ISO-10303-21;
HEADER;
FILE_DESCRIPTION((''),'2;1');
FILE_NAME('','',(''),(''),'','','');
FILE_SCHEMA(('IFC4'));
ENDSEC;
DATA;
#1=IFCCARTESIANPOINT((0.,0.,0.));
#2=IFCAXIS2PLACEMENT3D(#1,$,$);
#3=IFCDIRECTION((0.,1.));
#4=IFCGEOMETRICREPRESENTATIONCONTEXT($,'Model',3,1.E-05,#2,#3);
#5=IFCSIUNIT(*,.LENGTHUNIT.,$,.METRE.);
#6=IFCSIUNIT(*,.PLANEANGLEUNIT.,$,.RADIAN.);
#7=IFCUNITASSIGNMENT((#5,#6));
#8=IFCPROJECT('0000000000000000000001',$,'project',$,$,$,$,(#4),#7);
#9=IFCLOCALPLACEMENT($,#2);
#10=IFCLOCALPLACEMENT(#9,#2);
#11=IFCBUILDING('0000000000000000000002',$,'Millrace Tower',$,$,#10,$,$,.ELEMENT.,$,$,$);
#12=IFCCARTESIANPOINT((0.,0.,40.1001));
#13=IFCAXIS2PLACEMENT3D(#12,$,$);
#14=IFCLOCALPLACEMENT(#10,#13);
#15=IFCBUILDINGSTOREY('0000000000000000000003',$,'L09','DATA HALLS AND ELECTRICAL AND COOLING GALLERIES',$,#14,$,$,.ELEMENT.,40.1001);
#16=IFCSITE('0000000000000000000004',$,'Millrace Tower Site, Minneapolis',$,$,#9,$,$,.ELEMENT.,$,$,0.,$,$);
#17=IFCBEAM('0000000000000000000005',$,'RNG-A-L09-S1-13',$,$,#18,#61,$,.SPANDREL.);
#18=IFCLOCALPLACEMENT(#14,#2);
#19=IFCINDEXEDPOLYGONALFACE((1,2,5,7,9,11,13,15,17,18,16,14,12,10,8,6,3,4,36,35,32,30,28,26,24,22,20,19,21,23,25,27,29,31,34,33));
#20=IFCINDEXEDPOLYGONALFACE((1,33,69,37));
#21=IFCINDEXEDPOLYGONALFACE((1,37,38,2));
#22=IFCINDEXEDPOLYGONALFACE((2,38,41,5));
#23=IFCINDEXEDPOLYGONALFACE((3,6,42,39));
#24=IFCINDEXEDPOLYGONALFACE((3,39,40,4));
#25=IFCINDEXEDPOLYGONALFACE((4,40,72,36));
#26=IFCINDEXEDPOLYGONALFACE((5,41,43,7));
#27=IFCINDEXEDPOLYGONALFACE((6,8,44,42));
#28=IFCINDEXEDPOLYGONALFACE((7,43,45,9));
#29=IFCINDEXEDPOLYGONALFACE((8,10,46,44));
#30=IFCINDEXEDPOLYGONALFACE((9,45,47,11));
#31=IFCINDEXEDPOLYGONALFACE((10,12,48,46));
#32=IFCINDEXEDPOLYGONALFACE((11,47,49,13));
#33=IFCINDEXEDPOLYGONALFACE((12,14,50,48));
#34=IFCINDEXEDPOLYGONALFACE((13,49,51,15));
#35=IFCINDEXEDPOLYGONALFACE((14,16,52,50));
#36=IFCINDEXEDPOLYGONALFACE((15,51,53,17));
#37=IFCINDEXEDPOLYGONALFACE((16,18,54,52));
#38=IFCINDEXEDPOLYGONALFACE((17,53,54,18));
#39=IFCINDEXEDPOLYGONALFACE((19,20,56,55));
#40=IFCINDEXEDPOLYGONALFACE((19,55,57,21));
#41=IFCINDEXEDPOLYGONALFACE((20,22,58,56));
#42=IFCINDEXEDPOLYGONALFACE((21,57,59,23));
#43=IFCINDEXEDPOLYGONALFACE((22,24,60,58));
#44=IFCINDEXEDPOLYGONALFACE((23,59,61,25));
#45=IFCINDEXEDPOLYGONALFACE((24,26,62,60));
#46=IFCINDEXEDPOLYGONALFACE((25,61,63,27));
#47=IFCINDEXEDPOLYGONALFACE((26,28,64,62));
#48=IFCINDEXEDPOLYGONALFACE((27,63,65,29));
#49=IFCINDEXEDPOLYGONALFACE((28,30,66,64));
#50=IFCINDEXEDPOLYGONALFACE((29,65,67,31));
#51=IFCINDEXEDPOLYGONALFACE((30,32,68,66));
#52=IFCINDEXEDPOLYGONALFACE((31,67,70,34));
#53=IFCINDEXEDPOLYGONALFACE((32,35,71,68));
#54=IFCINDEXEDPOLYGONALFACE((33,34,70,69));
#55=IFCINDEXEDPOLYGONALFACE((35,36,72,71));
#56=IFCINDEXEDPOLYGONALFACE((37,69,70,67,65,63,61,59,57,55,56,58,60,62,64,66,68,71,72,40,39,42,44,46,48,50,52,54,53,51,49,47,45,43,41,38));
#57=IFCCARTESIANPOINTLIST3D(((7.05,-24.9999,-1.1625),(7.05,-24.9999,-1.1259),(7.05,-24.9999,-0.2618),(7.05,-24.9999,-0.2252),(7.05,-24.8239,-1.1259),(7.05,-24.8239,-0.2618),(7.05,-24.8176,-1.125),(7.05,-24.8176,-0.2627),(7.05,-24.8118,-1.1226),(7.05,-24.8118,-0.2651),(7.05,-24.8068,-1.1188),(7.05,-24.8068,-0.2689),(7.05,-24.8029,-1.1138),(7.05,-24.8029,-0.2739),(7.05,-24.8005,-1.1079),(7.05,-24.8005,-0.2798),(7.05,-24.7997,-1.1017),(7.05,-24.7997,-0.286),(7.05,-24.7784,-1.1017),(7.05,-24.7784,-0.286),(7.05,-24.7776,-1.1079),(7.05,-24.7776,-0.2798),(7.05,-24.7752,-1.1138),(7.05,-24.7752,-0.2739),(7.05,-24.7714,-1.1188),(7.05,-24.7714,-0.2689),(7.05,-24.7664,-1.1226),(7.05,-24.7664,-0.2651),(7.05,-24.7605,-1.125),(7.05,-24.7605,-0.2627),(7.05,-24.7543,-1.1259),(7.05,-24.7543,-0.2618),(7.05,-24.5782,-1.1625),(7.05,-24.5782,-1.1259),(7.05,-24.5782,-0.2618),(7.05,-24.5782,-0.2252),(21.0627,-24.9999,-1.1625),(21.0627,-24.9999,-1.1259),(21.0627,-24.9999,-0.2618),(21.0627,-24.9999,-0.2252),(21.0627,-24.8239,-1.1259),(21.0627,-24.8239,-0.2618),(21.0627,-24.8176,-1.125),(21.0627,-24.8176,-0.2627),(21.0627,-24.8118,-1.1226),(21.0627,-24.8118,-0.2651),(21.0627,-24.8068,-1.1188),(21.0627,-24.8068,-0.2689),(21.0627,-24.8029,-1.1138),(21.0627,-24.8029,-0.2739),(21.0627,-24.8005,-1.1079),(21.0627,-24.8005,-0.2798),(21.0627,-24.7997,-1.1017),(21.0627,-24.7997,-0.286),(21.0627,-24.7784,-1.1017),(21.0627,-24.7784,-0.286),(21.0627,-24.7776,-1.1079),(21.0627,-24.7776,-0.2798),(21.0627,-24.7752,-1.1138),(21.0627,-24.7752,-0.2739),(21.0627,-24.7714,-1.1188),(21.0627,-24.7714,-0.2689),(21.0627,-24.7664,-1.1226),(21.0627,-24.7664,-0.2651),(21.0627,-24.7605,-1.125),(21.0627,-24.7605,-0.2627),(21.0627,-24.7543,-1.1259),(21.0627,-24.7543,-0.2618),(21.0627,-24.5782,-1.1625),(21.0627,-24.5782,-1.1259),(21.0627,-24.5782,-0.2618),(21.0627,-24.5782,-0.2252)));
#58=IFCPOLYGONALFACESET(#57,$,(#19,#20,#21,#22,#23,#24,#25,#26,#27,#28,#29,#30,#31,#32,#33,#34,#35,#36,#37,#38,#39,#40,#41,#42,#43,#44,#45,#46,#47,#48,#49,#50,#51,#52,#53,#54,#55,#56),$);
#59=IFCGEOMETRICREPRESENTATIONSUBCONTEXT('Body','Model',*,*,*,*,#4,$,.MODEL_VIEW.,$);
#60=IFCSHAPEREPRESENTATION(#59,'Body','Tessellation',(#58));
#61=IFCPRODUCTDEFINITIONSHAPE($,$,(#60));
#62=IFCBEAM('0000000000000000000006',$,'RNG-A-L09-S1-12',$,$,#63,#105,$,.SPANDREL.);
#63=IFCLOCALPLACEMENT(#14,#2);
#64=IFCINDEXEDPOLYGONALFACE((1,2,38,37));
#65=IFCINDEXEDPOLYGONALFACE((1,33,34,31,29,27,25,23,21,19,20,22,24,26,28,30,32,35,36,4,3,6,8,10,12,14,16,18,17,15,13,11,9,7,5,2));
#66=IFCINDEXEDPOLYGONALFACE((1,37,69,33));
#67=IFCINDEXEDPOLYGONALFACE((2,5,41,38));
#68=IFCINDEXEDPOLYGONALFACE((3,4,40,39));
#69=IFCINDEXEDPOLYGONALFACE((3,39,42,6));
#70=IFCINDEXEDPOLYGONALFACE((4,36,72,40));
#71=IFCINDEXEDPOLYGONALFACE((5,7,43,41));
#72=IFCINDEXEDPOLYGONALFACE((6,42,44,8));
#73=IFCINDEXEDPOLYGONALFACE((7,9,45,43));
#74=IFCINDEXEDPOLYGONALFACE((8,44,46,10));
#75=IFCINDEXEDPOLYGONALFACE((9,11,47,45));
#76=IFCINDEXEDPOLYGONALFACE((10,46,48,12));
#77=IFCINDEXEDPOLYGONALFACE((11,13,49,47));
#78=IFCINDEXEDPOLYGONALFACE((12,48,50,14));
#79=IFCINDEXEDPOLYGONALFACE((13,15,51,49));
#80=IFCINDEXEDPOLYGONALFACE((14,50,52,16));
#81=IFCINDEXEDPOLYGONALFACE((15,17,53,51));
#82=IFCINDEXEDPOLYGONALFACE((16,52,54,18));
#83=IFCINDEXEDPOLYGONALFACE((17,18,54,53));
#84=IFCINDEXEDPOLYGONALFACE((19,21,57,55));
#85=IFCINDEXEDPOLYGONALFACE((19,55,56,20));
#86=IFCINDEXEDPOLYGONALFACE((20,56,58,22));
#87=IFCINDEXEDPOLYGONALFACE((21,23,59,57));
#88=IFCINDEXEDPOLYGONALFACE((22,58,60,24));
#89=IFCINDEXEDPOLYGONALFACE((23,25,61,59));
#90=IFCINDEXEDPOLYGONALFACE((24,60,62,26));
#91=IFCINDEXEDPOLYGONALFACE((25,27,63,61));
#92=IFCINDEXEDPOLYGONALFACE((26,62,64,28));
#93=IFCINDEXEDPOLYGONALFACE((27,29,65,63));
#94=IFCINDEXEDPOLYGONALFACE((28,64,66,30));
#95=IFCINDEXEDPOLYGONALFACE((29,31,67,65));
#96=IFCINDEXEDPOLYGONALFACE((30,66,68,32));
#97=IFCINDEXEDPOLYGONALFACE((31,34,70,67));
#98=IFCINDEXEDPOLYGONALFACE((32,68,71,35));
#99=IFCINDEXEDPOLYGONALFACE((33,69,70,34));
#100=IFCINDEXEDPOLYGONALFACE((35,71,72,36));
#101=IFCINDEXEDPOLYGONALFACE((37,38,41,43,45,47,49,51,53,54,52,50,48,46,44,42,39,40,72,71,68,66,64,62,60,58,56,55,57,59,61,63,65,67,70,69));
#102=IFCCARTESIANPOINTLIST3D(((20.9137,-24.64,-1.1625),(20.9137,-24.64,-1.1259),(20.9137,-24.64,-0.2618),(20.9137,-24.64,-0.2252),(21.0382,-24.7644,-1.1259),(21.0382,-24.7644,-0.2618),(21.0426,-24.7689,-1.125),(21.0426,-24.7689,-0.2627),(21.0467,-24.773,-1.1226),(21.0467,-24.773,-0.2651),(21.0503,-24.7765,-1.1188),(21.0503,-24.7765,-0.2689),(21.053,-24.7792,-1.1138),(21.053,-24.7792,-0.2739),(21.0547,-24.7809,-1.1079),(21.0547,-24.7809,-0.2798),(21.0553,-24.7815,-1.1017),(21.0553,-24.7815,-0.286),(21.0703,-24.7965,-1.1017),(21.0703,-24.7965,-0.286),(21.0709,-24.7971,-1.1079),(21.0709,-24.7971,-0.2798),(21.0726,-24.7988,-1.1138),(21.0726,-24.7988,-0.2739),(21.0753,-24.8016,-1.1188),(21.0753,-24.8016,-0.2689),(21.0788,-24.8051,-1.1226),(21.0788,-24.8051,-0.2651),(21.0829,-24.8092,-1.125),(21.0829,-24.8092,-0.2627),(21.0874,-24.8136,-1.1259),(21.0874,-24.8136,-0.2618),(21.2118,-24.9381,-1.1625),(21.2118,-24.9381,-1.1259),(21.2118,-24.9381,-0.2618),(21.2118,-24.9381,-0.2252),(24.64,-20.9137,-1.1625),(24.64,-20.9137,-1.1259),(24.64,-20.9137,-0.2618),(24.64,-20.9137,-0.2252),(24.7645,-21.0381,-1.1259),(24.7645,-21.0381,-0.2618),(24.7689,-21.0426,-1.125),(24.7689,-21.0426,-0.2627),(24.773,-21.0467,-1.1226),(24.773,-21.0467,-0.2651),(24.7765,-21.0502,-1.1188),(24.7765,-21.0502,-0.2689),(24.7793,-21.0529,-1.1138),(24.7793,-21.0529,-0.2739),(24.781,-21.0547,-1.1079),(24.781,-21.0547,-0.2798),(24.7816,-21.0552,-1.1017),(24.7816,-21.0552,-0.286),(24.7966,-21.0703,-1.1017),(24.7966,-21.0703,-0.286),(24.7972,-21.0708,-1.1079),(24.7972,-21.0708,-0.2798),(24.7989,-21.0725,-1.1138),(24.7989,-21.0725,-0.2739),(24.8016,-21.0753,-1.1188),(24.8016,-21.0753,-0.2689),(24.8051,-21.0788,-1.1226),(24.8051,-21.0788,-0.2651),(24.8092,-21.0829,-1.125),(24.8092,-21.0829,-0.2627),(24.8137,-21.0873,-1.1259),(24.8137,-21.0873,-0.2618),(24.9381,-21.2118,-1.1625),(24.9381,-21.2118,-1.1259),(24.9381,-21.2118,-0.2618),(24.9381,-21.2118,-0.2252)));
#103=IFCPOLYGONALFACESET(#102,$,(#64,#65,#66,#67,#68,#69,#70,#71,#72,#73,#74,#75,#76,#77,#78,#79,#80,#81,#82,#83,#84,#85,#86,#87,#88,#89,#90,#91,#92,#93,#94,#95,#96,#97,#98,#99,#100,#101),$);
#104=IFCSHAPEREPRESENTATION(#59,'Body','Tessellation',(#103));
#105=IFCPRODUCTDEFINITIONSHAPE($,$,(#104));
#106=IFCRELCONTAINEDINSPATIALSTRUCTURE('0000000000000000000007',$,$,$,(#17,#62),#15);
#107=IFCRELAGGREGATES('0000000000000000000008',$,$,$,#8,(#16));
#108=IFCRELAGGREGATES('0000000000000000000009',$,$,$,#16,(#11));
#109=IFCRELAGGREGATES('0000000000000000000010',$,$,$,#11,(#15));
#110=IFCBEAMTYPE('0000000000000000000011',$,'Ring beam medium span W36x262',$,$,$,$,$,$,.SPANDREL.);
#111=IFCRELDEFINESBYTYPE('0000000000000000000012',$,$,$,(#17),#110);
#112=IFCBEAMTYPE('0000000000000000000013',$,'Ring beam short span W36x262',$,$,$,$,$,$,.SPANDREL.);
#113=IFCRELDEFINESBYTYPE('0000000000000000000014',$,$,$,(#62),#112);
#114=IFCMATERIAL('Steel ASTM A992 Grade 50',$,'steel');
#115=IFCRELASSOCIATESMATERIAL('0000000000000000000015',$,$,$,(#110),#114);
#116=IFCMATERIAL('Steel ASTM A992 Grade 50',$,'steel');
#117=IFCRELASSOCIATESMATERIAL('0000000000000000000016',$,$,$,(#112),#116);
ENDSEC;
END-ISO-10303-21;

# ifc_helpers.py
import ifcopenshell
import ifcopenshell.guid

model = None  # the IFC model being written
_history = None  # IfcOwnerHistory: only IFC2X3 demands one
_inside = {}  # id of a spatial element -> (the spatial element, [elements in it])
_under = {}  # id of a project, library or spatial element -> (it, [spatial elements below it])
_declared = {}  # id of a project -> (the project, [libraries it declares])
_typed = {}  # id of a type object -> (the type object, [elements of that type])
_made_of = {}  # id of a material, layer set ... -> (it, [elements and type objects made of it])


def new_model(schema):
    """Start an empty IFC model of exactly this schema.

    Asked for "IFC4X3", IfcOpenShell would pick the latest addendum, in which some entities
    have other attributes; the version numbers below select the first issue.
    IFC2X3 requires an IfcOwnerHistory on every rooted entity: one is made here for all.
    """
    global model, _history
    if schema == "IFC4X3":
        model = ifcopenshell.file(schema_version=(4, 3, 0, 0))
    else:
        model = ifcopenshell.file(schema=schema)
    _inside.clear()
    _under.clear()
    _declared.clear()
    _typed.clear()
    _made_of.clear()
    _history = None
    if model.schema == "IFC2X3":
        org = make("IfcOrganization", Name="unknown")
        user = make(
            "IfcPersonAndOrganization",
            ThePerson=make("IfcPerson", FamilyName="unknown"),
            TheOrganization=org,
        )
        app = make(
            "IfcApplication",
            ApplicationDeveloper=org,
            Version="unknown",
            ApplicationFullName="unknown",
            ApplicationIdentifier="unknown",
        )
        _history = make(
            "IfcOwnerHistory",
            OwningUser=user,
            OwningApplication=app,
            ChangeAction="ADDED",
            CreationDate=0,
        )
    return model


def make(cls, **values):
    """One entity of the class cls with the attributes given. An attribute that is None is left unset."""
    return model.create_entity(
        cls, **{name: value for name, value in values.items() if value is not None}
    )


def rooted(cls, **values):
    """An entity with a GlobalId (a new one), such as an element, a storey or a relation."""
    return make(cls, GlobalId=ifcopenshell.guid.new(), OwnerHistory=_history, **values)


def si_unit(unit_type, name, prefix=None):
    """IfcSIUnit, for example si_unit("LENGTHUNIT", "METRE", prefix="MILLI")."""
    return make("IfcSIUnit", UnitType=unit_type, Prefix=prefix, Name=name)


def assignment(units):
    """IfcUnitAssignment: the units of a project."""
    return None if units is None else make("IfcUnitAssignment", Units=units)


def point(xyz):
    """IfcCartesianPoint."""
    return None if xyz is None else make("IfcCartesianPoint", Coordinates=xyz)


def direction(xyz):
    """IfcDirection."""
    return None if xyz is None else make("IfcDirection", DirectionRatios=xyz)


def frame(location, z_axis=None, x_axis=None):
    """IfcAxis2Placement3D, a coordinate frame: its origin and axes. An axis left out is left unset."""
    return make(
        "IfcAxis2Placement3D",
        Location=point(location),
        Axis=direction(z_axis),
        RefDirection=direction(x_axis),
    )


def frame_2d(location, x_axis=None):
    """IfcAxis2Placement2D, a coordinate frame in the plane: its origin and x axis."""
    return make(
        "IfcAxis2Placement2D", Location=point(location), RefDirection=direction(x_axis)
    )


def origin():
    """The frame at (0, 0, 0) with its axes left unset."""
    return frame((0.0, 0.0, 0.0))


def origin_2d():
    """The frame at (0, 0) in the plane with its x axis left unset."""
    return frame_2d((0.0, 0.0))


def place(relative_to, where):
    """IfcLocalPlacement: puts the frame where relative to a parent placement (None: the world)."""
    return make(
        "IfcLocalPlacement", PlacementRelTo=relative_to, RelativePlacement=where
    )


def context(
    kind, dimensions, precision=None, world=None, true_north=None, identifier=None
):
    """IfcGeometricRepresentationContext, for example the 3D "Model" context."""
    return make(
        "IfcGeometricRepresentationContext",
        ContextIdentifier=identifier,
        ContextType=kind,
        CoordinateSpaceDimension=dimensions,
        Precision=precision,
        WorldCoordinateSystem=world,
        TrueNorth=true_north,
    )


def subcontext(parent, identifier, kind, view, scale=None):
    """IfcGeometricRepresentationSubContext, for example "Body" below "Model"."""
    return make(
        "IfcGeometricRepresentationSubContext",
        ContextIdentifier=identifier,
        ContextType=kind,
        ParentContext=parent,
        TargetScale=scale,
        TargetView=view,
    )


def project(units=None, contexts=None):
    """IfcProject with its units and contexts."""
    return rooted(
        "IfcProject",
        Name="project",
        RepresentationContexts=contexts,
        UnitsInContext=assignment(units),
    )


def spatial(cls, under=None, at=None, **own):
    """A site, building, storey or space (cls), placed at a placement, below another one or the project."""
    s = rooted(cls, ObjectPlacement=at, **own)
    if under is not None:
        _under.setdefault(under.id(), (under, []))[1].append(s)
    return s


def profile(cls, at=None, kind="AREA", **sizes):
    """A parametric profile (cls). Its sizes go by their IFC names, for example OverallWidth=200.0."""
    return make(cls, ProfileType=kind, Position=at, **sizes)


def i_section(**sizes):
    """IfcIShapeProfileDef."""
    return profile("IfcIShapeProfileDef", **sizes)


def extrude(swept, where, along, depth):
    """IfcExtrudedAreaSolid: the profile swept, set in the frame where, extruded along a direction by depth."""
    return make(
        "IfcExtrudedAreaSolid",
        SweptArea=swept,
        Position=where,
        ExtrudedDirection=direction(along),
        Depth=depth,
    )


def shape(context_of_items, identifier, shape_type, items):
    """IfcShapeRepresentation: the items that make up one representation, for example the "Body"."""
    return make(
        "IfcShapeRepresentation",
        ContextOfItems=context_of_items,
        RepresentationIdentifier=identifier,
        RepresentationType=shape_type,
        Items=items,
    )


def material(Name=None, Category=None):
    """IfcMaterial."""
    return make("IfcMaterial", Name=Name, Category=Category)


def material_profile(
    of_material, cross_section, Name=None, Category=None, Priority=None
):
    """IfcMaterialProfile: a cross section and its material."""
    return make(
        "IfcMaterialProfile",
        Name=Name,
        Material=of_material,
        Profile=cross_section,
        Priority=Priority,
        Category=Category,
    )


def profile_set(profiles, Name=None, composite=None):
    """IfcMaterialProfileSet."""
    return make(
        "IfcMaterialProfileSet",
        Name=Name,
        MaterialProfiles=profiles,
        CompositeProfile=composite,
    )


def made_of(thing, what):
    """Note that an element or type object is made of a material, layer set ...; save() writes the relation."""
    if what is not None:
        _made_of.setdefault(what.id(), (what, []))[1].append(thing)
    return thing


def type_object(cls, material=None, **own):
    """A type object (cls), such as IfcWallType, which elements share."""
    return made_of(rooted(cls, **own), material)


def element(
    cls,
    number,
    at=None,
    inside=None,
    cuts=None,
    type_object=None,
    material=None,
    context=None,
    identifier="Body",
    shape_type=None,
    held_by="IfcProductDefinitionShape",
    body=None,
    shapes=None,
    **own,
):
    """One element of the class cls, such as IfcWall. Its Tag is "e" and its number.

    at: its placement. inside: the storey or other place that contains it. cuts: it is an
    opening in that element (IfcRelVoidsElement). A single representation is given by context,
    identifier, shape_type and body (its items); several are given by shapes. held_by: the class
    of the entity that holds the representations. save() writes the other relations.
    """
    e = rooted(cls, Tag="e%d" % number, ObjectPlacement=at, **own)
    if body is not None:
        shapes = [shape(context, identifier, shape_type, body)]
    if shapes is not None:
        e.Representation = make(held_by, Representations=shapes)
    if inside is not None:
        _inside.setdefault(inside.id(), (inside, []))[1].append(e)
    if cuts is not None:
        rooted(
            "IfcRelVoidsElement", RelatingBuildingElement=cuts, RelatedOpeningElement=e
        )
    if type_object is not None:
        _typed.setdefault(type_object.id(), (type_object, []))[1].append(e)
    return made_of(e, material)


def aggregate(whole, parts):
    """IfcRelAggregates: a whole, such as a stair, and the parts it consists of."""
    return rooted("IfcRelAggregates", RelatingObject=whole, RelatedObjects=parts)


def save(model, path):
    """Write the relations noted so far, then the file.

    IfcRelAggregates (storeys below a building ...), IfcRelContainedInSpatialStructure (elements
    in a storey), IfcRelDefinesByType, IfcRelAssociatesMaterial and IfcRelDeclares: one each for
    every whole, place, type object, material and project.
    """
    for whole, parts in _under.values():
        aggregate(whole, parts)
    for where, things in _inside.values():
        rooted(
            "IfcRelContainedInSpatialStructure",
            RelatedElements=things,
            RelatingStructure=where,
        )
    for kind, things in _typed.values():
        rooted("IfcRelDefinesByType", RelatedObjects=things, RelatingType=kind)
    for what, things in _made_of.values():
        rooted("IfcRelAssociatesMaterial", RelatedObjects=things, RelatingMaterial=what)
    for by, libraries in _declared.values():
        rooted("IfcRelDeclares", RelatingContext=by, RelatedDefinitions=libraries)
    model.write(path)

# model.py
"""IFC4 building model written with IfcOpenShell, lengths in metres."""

from ifc_helpers import new_model, si_unit, direction, frame, origin, origin_2d, place, context, subcontext, project, spatial, i_section, extrude, material, material_profile, profile_set, type_object, element, save


model = new_model("IFC4")

# Units and contexts
model_context = context("Model", 3, precision=1e-05, world=origin(), true_north=direction((0.0, 1.0)))
body_context = subcontext(model_context, "Body", "Model", "MODEL_VIEW")
ifc_project = project(units=[si_unit("LENGTHUNIT", "METRE"), si_unit("PLANEANGLEUNIT", "RADIAN")], contexts=[model_context])

# Site, building, storey
site_placement = place(None, origin())
site = spatial("IfcSite", under=ifc_project, at=site_placement, Name="Millrace Tower Site, Minneapolis", CompositionType="ELEMENT", RefElevation=0.0)
building_placement = place(site_placement, origin())
building = spatial("IfcBuilding", under=site, at=building_placement, Name="Millrace Tower", CompositionType="ELEMENT")
storey_placement = place(building_placement, frame((0.0, 0.0, 40.1001)))
storey = spatial("IfcBuildingStorey", under=building, at=storey_placement, Name="L09", Description="DATA HALLS AND ELECTRICAL AND COOLING GALLERIES", CompositionType="ELEMENT", Elevation=40.1001)

# Beams
ifc_material_1 = material(Name="Steel ASTM A992 Grade 50", Category="steel")
ifc_material_profile_1 = material_profile(ifc_material_1, i_section(OverallWidth=0.4216, OverallDepth=0.9373, WebThickness=0.0212, FlangeThickness=0.0366, FilletRadius=0.0242, at=origin_2d()))
ifc_profile_set_1 = profile_set([ifc_material_profile_1], Name="Steel ASTM A992 Grade 50")
beam_type_1 = type_object("IfcBeamType", Name="Ring beam medium span W36x262", PredefinedType="SPANDREL", material=ifc_profile_set_1)
beam_1_placement = place(storey_placement, frame((21.0627, -24.7891, -0.6938), z_axis=(-1.0, 0.0, 0.0), x_axis=(0.0, -1.0, 0.0)))
element("IfcBeam", 1, at=beam_1_placement, inside=storey, type_object=beam_type_1, Name="RNG-A-L09-S1-13", PredefinedType="SPANDREL", context=body_context, shape_type="SweptSolid", body=[
    extrude(i_section(OverallWidth=0.4216, OverallDepth=0.9373, WebThickness=0.0212, FlangeThickness=0.0366, FilletRadius=0.0242, at=origin_2d()), origin(), (0.0, 0.0, 1.0), 14.0127),
])
ifc_material_2 = material(Name="Steel ASTM A992 Grade 50", Category="steel")
ifc_material_profile_2 = material_profile(ifc_material_2, i_section(OverallWidth=0.4216, OverallDepth=0.9373, WebThickness=0.0212, FlangeThickness=0.0366, FilletRadius=0.0242, at=origin_2d()))
ifc_profile_set_2 = profile_set([ifc_material_profile_2], Name="Steel ASTM A992 Grade 50")
beam_type_2 = type_object("IfcBeamType", Name="Ring beam short span W36x262", PredefinedType="SPANDREL", material=ifc_profile_set_2)
beam_2_placement = place(storey_placement, frame((24.7891, -21.0627, -0.6938), z_axis=(-0.707107, -0.707107, 0.0), x_axis=(0.707107, -0.707107, 0.0)))
element("IfcBeam", 2, at=beam_2_placement, inside=storey, type_object=beam_type_2, Name="RNG-A-L09-S1-12", PredefinedType="SPANDREL", context=body_context, shape_type="SweptSolid", body=[
    extrude(i_section(OverallWidth=0.4216, OverallDepth=0.9373, WebThickness=0.0212, FlangeThickness=0.0366, FilletRadius=0.0242, at=origin_2d()), origin(), (0.0, 0.0, 1.0), 5.2698),
])

save(model, "model.ifc")
